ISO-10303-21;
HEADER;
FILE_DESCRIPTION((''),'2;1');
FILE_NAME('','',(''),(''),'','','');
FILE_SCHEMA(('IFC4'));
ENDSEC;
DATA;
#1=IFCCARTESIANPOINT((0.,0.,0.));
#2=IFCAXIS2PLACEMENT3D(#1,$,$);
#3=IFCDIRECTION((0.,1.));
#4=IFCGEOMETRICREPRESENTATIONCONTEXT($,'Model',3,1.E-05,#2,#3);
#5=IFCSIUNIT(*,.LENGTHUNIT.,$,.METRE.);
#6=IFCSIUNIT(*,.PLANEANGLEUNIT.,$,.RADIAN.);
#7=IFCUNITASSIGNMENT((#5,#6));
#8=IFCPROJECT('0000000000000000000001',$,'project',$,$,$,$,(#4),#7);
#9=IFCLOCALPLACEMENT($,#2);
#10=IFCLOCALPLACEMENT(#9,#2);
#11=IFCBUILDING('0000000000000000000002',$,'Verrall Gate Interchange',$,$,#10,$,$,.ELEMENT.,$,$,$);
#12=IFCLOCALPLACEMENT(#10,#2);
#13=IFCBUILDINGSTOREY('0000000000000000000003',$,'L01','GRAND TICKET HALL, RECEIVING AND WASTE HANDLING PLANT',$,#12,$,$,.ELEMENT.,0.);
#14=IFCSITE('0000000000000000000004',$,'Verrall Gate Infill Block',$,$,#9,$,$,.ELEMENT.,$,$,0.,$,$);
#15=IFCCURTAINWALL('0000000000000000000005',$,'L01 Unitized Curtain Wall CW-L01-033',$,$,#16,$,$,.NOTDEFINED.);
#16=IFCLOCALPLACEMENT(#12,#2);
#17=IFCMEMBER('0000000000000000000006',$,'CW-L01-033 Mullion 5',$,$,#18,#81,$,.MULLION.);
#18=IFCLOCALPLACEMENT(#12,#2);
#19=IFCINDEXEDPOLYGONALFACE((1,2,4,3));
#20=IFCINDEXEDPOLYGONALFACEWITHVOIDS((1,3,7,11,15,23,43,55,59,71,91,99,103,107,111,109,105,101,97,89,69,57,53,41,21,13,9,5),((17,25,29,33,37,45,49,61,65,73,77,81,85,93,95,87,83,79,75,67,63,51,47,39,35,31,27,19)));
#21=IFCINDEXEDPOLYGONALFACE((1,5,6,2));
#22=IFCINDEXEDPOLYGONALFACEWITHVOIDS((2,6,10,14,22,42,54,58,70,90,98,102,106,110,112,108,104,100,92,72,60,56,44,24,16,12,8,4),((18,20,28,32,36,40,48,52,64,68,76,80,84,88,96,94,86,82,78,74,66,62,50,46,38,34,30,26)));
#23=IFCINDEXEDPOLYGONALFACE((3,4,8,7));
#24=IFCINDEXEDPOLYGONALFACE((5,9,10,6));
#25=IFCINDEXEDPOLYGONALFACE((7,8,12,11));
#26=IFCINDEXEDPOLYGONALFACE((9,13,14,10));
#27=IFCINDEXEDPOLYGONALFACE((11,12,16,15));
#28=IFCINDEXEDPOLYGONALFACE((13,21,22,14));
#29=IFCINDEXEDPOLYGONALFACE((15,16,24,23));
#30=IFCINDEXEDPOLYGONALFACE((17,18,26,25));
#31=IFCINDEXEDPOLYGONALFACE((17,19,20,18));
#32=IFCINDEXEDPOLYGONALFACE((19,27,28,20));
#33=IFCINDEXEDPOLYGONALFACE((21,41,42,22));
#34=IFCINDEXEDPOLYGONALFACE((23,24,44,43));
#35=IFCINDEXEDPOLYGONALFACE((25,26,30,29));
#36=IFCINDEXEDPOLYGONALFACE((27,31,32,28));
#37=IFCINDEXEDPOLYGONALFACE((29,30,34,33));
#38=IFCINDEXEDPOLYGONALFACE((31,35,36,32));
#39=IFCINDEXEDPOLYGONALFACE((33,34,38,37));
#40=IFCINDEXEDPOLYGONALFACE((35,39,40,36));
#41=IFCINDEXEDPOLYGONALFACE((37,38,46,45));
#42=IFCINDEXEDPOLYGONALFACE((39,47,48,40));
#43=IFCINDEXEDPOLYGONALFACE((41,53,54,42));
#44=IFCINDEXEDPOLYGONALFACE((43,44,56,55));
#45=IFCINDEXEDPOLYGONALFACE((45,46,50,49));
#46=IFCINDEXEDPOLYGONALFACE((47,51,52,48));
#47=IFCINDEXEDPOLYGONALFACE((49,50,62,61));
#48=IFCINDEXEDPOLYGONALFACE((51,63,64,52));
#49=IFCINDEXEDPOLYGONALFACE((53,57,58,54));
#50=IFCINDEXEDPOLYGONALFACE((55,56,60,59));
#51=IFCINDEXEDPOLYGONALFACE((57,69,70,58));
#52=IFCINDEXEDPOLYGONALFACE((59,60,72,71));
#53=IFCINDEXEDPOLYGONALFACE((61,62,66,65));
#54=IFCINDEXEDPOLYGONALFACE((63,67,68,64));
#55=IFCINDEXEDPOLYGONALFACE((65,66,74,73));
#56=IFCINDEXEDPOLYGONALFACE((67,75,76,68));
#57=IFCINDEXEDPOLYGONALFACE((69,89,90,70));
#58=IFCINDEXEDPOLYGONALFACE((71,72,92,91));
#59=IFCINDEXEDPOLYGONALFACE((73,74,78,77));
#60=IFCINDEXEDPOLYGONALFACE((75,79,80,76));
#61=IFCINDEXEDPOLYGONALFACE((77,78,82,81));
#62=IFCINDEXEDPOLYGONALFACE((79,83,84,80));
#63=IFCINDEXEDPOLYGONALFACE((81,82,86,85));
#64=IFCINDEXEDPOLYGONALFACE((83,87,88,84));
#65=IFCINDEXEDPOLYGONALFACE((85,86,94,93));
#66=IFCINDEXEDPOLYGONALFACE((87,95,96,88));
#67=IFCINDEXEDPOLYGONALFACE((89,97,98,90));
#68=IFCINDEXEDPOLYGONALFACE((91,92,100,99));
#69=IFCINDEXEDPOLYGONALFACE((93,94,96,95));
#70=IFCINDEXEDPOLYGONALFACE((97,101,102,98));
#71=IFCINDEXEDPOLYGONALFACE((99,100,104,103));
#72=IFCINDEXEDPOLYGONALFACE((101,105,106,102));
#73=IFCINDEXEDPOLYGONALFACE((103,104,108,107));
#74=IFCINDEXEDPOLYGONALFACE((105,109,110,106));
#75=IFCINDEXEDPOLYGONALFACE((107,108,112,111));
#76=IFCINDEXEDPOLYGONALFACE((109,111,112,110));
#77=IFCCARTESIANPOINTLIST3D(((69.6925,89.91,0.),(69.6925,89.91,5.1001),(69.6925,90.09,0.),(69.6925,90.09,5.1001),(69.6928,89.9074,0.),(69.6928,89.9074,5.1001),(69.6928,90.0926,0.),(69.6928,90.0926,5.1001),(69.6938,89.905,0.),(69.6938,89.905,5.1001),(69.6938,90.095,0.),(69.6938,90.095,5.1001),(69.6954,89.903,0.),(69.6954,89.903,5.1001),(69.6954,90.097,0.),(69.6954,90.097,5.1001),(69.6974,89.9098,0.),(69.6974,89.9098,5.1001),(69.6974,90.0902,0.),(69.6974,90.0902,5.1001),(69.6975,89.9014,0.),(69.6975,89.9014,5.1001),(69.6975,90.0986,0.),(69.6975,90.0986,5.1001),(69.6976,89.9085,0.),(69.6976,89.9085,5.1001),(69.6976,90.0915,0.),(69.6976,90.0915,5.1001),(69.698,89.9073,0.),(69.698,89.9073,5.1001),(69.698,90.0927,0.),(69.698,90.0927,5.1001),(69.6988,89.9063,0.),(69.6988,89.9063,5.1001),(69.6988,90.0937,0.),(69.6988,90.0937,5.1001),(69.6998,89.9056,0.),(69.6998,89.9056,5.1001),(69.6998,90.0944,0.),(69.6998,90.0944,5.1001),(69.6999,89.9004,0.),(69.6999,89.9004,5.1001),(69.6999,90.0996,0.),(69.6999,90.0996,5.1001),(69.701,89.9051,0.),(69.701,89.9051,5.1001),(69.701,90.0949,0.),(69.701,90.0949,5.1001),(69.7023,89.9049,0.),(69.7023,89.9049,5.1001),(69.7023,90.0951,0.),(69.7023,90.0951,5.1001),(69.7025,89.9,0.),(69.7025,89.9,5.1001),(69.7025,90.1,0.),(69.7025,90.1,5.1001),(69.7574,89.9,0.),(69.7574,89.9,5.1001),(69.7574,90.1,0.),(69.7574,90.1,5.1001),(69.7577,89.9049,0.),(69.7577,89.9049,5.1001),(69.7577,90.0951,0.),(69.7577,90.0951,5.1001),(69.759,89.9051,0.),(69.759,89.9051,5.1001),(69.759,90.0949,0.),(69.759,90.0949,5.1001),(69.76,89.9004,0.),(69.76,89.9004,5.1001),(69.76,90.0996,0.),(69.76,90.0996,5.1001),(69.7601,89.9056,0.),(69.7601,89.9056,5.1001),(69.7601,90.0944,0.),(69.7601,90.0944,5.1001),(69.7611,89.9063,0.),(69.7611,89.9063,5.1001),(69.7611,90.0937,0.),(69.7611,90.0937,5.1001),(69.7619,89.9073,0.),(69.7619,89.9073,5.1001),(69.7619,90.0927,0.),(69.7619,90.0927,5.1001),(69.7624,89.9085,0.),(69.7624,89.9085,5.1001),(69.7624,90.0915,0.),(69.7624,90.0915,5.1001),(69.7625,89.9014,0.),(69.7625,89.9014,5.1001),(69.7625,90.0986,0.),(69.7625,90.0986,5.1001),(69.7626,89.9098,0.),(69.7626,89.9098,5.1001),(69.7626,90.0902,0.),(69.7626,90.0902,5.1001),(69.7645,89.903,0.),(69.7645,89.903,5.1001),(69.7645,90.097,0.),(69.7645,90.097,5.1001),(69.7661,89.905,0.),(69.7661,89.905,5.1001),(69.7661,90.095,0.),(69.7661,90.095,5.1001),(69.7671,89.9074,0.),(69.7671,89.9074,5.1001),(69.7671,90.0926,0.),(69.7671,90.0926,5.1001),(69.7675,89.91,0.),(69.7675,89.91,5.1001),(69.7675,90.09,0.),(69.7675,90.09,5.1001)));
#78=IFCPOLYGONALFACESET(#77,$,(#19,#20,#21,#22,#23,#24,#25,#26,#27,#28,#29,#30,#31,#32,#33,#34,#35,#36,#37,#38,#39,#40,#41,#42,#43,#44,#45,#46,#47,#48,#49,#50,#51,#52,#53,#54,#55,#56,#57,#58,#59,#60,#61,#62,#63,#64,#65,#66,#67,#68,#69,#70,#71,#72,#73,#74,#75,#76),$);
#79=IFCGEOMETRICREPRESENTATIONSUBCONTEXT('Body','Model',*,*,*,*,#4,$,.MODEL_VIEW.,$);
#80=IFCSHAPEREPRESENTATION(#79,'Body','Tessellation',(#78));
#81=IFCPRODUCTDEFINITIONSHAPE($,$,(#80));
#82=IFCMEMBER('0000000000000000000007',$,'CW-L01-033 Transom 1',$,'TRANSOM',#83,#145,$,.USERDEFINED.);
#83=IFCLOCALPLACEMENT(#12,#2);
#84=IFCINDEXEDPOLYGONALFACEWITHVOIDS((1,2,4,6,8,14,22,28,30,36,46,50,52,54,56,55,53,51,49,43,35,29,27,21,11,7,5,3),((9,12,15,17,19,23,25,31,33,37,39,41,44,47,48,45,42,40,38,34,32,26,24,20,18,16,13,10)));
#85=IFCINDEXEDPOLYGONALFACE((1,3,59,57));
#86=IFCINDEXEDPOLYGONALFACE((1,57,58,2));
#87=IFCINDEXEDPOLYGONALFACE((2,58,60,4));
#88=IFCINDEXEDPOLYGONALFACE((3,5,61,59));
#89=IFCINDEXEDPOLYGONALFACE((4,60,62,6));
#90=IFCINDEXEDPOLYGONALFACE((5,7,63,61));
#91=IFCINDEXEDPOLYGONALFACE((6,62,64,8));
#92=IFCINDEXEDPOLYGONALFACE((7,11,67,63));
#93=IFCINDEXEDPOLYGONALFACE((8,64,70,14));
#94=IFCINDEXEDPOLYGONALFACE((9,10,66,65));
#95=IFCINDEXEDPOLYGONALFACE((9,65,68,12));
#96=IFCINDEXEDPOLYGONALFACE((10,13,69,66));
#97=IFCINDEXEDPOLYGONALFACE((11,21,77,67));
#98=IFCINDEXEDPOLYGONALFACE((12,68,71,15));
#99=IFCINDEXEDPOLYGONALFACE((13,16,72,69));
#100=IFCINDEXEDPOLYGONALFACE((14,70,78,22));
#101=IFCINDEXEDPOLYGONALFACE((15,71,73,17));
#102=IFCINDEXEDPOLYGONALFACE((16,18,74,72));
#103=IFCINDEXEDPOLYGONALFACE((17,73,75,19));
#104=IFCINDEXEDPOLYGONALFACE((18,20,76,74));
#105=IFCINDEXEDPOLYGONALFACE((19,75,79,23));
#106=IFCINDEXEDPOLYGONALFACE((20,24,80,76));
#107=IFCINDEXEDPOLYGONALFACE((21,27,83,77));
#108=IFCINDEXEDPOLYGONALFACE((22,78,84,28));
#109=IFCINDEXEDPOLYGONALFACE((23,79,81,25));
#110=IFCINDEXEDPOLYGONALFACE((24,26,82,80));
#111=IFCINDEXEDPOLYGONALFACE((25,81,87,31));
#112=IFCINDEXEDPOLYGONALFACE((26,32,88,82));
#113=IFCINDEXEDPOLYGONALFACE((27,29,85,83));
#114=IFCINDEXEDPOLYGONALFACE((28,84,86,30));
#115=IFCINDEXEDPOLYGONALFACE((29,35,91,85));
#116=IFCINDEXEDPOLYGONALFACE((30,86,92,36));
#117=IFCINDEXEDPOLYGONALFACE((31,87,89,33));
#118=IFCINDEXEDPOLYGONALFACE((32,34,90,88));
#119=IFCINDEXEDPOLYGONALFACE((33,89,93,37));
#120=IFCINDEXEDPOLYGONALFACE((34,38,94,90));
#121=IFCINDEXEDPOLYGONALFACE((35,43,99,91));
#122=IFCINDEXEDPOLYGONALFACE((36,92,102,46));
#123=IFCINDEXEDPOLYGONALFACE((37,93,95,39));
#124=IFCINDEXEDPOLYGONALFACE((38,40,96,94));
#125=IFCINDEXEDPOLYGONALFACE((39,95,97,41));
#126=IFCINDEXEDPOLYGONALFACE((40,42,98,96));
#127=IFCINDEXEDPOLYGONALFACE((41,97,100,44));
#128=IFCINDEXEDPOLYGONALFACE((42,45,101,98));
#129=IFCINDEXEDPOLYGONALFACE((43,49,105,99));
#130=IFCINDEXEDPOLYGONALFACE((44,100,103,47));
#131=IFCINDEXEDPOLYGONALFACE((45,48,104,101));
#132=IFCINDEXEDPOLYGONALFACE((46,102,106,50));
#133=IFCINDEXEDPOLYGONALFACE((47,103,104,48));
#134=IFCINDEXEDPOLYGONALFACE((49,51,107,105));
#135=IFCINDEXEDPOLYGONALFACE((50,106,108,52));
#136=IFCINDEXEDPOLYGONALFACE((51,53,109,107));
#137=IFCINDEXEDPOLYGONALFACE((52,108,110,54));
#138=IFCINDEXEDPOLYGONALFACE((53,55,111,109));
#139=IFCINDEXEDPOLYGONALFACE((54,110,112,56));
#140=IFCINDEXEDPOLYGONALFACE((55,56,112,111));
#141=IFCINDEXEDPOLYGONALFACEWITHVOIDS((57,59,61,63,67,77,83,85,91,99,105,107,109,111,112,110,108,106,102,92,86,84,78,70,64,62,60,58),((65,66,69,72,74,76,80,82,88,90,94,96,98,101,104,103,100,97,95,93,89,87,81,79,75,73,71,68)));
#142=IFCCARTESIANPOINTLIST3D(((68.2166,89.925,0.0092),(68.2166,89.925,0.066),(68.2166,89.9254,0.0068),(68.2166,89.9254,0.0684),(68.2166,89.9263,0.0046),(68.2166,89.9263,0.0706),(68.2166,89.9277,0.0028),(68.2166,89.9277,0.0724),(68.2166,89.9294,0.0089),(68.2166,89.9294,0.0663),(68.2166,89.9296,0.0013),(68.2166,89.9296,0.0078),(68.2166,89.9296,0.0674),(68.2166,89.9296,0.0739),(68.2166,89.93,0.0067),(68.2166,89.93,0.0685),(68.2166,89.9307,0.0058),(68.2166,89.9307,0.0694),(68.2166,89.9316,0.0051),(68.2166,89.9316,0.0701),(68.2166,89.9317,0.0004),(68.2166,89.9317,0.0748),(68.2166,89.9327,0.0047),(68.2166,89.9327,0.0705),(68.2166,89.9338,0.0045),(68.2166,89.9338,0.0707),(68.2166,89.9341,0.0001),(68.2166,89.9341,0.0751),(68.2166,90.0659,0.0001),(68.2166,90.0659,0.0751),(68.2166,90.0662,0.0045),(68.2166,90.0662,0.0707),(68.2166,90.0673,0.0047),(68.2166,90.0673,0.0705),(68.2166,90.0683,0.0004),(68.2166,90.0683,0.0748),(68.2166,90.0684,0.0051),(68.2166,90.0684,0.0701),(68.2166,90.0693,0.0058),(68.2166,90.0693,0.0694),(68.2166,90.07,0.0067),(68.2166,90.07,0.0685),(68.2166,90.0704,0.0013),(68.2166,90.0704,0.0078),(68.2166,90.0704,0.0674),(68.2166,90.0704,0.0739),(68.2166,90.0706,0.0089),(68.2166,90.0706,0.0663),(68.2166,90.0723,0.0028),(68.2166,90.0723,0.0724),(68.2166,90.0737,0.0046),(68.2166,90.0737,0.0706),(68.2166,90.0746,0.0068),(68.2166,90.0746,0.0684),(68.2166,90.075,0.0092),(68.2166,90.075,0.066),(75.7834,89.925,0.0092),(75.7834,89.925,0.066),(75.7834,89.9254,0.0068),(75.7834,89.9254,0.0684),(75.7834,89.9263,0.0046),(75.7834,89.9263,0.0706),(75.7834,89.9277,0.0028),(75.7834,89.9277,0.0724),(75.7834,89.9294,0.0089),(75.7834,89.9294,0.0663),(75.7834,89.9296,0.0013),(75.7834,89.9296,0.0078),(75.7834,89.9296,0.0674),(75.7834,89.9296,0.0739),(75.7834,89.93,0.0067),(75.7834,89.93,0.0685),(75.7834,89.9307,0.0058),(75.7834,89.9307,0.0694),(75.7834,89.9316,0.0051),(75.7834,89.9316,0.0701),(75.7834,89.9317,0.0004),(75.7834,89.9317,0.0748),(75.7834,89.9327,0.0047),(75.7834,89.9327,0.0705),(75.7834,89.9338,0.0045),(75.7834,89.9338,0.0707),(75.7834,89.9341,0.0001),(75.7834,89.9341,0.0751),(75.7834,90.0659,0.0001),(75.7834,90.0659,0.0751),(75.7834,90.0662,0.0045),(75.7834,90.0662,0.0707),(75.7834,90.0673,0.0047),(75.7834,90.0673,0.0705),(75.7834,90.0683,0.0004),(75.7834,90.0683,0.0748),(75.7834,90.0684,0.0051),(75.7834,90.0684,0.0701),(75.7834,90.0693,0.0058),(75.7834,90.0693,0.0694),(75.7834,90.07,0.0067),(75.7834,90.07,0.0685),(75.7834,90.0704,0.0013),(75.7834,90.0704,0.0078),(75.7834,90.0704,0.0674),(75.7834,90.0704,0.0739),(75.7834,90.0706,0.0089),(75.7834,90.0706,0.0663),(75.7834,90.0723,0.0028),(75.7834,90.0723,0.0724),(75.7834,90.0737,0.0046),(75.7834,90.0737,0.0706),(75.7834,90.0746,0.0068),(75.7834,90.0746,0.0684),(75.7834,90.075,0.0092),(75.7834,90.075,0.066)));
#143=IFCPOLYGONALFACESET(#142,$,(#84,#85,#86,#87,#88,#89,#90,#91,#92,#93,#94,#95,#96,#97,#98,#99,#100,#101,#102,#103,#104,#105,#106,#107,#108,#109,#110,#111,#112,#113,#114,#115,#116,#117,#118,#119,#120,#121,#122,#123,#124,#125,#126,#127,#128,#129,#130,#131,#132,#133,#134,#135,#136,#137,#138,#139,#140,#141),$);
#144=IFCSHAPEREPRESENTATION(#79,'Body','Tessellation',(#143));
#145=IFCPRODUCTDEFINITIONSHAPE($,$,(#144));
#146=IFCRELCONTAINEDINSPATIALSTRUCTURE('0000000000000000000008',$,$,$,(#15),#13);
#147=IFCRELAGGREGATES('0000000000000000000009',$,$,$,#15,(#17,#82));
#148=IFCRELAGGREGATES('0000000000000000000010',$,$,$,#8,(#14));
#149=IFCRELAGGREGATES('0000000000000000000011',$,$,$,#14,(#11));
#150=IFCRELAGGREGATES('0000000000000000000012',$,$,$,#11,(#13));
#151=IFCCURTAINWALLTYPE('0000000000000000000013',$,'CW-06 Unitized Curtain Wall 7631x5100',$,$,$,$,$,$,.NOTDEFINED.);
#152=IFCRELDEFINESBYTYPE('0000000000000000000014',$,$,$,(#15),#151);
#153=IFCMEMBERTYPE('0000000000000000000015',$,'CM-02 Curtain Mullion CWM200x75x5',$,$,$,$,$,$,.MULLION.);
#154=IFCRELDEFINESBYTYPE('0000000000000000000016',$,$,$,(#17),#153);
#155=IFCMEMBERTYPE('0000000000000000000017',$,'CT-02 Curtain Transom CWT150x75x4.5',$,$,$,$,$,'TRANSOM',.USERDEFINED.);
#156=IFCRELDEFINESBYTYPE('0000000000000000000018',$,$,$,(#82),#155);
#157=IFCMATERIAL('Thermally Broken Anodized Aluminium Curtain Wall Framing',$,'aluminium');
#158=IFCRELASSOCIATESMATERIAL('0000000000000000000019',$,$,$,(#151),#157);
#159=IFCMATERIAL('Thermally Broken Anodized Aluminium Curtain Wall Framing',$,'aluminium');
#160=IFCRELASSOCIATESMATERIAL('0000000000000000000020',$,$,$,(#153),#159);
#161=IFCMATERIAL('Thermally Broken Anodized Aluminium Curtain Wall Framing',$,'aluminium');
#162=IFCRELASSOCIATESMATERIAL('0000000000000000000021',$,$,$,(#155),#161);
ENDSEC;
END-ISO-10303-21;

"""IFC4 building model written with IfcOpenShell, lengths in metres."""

from ifc_helpers import new_model, si_unit, direction, frame, origin, origin_2d, place, context, subcontext, project, spatial, hollow_rectangle, extrude, material, material_profile, profile_set, type_object, element, aggregate, save


model = new_model("IFC4")

# Units and contexts
model_context = context("Model", 3, precision=1e-05, world=origin(), true_north=direction((0.0, 1.0)))
body_context = subcontext(model_context, "Body", "Model", "MODEL_VIEW")
ifc_project = project(units=[si_unit("LENGTHUNIT", "METRE"), si_unit("PLANEANGLEUNIT", "RADIAN")], contexts=[model_context])

# Site, building, storey
site_placement = place(None, origin())
site = spatial("IfcSite", under=ifc_project, at=site_placement, Name="Verrall Gate Infill Block", CompositionType="ELEMENT", RefElevation=0.0)
building_placement = place(site_placement, origin())
building = spatial("IfcBuilding", under=site, at=building_placement, Name="Verrall Gate Interchange", CompositionType="ELEMENT")
storey_placement = place(building_placement, origin())
storey = spatial("IfcBuildingStorey", under=building, at=storey_placement, Name="L01", Description="GRAND TICKET HALL, RECEIVING AND WASTE HANDLING PLANT", CompositionType="ELEMENT", Elevation=0.0)

# Curtain wall, members
ifc_material_1 = material(Name="Thermally Broken Anodized Aluminium Curtain Wall Framing", Category="aluminium")
curtain_wall_type = type_object("IfcCurtainWallType", Name="CW-06 Unitized Curtain Wall 7631x5100", PredefinedType="NOTDEFINED", material=ifc_material_1)
curtain_wall_placement = place(storey_placement, origin())
curtain_wall = element("IfcCurtainWall", 1, at=curtain_wall_placement, inside=storey, type_object=curtain_wall_type, Name="L01 Unitized Curtain Wall CW-L01-033", PredefinedType="NOTDEFINED")
ifc_material_2 = material(Name="Thermally Broken Anodized Aluminium Curtain Wall Framing", Category="aluminium")
ifc_material_profile_1 = material_profile(ifc_material_2, hollow_rectangle(XDim=0.075, YDim=0.2, WallThickness=0.0049, InnerFilletRadius=0.0049, OuterFilletRadius=0.01, at=origin_2d()), Name="CWM200x75x5")
ifc_profile_set_1 = profile_set([ifc_material_profile_1], Name="Thermally Broken Anodized Aluminium Curtain Wall Framing")
member_type_1 = type_object("IfcMemberType", Name="CM-02 Curtain Mullion CWM200x75x5", PredefinedType="MULLION", material=ifc_profile_set_1)
member_1_placement = place(storey_placement, frame((69.73, 90.0, 0.0), z_axis=(0.0, 0.0, 1.0), x_axis=(-1.0, 0.0, 0.0)))
member_1 = element("IfcMember", 2, at=member_1_placement, type_object=member_type_1, Name="CW-L01-033 Mullion 5", PredefinedType="MULLION", context=body_context, shape_type="SweptSolid", body=[
    extrude(hollow_rectangle(XDim=0.075, YDim=0.2, WallThickness=0.0049, InnerFilletRadius=0.0049, OuterFilletRadius=0.01, at=origin_2d()), origin(), (0.0, 0.0, 1.0), 5.1001),
])
ifc_material_3 = material(Name="Thermally Broken Anodized Aluminium Curtain Wall Framing", Category="aluminium")
ifc_material_profile_2 = material_profile(ifc_material_3, hollow_rectangle(XDim=0.1499, YDim=0.075, WallThickness=0.0044, InnerFilletRadius=0.0044, OuterFilletRadius=0.009, at=origin_2d()), Name="CWT150x75x4.5")
ifc_profile_set_2 = profile_set([ifc_material_profile_2], Name="Thermally Broken Anodized Aluminium Curtain Wall Framing")
member_type_2 = type_object("IfcMemberType", Name="CT-02 Curtain Transom CWT150x75x4.5", ElementType="TRANSOM", PredefinedType="USERDEFINED", material=ifc_profile_set_2)
member_2_placement = place(storey_placement, frame((75.7834, 90.0, 0.0376), z_axis=(-1.0, 0.0, 0.0), x_axis=(0.0, -1.0, 0.0)))
member_2 = element("IfcMember", 3, at=member_2_placement, type_object=member_type_2, Name="CW-L01-033 Transom 1", ObjectType="TRANSOM", PredefinedType="USERDEFINED", context=body_context, shape_type="SweptSolid", body=[
    extrude(hollow_rectangle(XDim=0.1499, YDim=0.075, WallThickness=0.0044, InnerFilletRadius=0.0044, OuterFilletRadius=0.009, at=origin_2d()), origin(), (0.0, 0.0, 1.0), 7.5669),
])
aggregate(curtain_wall, [member_1, member_2])

save(model, "model.ifc")
